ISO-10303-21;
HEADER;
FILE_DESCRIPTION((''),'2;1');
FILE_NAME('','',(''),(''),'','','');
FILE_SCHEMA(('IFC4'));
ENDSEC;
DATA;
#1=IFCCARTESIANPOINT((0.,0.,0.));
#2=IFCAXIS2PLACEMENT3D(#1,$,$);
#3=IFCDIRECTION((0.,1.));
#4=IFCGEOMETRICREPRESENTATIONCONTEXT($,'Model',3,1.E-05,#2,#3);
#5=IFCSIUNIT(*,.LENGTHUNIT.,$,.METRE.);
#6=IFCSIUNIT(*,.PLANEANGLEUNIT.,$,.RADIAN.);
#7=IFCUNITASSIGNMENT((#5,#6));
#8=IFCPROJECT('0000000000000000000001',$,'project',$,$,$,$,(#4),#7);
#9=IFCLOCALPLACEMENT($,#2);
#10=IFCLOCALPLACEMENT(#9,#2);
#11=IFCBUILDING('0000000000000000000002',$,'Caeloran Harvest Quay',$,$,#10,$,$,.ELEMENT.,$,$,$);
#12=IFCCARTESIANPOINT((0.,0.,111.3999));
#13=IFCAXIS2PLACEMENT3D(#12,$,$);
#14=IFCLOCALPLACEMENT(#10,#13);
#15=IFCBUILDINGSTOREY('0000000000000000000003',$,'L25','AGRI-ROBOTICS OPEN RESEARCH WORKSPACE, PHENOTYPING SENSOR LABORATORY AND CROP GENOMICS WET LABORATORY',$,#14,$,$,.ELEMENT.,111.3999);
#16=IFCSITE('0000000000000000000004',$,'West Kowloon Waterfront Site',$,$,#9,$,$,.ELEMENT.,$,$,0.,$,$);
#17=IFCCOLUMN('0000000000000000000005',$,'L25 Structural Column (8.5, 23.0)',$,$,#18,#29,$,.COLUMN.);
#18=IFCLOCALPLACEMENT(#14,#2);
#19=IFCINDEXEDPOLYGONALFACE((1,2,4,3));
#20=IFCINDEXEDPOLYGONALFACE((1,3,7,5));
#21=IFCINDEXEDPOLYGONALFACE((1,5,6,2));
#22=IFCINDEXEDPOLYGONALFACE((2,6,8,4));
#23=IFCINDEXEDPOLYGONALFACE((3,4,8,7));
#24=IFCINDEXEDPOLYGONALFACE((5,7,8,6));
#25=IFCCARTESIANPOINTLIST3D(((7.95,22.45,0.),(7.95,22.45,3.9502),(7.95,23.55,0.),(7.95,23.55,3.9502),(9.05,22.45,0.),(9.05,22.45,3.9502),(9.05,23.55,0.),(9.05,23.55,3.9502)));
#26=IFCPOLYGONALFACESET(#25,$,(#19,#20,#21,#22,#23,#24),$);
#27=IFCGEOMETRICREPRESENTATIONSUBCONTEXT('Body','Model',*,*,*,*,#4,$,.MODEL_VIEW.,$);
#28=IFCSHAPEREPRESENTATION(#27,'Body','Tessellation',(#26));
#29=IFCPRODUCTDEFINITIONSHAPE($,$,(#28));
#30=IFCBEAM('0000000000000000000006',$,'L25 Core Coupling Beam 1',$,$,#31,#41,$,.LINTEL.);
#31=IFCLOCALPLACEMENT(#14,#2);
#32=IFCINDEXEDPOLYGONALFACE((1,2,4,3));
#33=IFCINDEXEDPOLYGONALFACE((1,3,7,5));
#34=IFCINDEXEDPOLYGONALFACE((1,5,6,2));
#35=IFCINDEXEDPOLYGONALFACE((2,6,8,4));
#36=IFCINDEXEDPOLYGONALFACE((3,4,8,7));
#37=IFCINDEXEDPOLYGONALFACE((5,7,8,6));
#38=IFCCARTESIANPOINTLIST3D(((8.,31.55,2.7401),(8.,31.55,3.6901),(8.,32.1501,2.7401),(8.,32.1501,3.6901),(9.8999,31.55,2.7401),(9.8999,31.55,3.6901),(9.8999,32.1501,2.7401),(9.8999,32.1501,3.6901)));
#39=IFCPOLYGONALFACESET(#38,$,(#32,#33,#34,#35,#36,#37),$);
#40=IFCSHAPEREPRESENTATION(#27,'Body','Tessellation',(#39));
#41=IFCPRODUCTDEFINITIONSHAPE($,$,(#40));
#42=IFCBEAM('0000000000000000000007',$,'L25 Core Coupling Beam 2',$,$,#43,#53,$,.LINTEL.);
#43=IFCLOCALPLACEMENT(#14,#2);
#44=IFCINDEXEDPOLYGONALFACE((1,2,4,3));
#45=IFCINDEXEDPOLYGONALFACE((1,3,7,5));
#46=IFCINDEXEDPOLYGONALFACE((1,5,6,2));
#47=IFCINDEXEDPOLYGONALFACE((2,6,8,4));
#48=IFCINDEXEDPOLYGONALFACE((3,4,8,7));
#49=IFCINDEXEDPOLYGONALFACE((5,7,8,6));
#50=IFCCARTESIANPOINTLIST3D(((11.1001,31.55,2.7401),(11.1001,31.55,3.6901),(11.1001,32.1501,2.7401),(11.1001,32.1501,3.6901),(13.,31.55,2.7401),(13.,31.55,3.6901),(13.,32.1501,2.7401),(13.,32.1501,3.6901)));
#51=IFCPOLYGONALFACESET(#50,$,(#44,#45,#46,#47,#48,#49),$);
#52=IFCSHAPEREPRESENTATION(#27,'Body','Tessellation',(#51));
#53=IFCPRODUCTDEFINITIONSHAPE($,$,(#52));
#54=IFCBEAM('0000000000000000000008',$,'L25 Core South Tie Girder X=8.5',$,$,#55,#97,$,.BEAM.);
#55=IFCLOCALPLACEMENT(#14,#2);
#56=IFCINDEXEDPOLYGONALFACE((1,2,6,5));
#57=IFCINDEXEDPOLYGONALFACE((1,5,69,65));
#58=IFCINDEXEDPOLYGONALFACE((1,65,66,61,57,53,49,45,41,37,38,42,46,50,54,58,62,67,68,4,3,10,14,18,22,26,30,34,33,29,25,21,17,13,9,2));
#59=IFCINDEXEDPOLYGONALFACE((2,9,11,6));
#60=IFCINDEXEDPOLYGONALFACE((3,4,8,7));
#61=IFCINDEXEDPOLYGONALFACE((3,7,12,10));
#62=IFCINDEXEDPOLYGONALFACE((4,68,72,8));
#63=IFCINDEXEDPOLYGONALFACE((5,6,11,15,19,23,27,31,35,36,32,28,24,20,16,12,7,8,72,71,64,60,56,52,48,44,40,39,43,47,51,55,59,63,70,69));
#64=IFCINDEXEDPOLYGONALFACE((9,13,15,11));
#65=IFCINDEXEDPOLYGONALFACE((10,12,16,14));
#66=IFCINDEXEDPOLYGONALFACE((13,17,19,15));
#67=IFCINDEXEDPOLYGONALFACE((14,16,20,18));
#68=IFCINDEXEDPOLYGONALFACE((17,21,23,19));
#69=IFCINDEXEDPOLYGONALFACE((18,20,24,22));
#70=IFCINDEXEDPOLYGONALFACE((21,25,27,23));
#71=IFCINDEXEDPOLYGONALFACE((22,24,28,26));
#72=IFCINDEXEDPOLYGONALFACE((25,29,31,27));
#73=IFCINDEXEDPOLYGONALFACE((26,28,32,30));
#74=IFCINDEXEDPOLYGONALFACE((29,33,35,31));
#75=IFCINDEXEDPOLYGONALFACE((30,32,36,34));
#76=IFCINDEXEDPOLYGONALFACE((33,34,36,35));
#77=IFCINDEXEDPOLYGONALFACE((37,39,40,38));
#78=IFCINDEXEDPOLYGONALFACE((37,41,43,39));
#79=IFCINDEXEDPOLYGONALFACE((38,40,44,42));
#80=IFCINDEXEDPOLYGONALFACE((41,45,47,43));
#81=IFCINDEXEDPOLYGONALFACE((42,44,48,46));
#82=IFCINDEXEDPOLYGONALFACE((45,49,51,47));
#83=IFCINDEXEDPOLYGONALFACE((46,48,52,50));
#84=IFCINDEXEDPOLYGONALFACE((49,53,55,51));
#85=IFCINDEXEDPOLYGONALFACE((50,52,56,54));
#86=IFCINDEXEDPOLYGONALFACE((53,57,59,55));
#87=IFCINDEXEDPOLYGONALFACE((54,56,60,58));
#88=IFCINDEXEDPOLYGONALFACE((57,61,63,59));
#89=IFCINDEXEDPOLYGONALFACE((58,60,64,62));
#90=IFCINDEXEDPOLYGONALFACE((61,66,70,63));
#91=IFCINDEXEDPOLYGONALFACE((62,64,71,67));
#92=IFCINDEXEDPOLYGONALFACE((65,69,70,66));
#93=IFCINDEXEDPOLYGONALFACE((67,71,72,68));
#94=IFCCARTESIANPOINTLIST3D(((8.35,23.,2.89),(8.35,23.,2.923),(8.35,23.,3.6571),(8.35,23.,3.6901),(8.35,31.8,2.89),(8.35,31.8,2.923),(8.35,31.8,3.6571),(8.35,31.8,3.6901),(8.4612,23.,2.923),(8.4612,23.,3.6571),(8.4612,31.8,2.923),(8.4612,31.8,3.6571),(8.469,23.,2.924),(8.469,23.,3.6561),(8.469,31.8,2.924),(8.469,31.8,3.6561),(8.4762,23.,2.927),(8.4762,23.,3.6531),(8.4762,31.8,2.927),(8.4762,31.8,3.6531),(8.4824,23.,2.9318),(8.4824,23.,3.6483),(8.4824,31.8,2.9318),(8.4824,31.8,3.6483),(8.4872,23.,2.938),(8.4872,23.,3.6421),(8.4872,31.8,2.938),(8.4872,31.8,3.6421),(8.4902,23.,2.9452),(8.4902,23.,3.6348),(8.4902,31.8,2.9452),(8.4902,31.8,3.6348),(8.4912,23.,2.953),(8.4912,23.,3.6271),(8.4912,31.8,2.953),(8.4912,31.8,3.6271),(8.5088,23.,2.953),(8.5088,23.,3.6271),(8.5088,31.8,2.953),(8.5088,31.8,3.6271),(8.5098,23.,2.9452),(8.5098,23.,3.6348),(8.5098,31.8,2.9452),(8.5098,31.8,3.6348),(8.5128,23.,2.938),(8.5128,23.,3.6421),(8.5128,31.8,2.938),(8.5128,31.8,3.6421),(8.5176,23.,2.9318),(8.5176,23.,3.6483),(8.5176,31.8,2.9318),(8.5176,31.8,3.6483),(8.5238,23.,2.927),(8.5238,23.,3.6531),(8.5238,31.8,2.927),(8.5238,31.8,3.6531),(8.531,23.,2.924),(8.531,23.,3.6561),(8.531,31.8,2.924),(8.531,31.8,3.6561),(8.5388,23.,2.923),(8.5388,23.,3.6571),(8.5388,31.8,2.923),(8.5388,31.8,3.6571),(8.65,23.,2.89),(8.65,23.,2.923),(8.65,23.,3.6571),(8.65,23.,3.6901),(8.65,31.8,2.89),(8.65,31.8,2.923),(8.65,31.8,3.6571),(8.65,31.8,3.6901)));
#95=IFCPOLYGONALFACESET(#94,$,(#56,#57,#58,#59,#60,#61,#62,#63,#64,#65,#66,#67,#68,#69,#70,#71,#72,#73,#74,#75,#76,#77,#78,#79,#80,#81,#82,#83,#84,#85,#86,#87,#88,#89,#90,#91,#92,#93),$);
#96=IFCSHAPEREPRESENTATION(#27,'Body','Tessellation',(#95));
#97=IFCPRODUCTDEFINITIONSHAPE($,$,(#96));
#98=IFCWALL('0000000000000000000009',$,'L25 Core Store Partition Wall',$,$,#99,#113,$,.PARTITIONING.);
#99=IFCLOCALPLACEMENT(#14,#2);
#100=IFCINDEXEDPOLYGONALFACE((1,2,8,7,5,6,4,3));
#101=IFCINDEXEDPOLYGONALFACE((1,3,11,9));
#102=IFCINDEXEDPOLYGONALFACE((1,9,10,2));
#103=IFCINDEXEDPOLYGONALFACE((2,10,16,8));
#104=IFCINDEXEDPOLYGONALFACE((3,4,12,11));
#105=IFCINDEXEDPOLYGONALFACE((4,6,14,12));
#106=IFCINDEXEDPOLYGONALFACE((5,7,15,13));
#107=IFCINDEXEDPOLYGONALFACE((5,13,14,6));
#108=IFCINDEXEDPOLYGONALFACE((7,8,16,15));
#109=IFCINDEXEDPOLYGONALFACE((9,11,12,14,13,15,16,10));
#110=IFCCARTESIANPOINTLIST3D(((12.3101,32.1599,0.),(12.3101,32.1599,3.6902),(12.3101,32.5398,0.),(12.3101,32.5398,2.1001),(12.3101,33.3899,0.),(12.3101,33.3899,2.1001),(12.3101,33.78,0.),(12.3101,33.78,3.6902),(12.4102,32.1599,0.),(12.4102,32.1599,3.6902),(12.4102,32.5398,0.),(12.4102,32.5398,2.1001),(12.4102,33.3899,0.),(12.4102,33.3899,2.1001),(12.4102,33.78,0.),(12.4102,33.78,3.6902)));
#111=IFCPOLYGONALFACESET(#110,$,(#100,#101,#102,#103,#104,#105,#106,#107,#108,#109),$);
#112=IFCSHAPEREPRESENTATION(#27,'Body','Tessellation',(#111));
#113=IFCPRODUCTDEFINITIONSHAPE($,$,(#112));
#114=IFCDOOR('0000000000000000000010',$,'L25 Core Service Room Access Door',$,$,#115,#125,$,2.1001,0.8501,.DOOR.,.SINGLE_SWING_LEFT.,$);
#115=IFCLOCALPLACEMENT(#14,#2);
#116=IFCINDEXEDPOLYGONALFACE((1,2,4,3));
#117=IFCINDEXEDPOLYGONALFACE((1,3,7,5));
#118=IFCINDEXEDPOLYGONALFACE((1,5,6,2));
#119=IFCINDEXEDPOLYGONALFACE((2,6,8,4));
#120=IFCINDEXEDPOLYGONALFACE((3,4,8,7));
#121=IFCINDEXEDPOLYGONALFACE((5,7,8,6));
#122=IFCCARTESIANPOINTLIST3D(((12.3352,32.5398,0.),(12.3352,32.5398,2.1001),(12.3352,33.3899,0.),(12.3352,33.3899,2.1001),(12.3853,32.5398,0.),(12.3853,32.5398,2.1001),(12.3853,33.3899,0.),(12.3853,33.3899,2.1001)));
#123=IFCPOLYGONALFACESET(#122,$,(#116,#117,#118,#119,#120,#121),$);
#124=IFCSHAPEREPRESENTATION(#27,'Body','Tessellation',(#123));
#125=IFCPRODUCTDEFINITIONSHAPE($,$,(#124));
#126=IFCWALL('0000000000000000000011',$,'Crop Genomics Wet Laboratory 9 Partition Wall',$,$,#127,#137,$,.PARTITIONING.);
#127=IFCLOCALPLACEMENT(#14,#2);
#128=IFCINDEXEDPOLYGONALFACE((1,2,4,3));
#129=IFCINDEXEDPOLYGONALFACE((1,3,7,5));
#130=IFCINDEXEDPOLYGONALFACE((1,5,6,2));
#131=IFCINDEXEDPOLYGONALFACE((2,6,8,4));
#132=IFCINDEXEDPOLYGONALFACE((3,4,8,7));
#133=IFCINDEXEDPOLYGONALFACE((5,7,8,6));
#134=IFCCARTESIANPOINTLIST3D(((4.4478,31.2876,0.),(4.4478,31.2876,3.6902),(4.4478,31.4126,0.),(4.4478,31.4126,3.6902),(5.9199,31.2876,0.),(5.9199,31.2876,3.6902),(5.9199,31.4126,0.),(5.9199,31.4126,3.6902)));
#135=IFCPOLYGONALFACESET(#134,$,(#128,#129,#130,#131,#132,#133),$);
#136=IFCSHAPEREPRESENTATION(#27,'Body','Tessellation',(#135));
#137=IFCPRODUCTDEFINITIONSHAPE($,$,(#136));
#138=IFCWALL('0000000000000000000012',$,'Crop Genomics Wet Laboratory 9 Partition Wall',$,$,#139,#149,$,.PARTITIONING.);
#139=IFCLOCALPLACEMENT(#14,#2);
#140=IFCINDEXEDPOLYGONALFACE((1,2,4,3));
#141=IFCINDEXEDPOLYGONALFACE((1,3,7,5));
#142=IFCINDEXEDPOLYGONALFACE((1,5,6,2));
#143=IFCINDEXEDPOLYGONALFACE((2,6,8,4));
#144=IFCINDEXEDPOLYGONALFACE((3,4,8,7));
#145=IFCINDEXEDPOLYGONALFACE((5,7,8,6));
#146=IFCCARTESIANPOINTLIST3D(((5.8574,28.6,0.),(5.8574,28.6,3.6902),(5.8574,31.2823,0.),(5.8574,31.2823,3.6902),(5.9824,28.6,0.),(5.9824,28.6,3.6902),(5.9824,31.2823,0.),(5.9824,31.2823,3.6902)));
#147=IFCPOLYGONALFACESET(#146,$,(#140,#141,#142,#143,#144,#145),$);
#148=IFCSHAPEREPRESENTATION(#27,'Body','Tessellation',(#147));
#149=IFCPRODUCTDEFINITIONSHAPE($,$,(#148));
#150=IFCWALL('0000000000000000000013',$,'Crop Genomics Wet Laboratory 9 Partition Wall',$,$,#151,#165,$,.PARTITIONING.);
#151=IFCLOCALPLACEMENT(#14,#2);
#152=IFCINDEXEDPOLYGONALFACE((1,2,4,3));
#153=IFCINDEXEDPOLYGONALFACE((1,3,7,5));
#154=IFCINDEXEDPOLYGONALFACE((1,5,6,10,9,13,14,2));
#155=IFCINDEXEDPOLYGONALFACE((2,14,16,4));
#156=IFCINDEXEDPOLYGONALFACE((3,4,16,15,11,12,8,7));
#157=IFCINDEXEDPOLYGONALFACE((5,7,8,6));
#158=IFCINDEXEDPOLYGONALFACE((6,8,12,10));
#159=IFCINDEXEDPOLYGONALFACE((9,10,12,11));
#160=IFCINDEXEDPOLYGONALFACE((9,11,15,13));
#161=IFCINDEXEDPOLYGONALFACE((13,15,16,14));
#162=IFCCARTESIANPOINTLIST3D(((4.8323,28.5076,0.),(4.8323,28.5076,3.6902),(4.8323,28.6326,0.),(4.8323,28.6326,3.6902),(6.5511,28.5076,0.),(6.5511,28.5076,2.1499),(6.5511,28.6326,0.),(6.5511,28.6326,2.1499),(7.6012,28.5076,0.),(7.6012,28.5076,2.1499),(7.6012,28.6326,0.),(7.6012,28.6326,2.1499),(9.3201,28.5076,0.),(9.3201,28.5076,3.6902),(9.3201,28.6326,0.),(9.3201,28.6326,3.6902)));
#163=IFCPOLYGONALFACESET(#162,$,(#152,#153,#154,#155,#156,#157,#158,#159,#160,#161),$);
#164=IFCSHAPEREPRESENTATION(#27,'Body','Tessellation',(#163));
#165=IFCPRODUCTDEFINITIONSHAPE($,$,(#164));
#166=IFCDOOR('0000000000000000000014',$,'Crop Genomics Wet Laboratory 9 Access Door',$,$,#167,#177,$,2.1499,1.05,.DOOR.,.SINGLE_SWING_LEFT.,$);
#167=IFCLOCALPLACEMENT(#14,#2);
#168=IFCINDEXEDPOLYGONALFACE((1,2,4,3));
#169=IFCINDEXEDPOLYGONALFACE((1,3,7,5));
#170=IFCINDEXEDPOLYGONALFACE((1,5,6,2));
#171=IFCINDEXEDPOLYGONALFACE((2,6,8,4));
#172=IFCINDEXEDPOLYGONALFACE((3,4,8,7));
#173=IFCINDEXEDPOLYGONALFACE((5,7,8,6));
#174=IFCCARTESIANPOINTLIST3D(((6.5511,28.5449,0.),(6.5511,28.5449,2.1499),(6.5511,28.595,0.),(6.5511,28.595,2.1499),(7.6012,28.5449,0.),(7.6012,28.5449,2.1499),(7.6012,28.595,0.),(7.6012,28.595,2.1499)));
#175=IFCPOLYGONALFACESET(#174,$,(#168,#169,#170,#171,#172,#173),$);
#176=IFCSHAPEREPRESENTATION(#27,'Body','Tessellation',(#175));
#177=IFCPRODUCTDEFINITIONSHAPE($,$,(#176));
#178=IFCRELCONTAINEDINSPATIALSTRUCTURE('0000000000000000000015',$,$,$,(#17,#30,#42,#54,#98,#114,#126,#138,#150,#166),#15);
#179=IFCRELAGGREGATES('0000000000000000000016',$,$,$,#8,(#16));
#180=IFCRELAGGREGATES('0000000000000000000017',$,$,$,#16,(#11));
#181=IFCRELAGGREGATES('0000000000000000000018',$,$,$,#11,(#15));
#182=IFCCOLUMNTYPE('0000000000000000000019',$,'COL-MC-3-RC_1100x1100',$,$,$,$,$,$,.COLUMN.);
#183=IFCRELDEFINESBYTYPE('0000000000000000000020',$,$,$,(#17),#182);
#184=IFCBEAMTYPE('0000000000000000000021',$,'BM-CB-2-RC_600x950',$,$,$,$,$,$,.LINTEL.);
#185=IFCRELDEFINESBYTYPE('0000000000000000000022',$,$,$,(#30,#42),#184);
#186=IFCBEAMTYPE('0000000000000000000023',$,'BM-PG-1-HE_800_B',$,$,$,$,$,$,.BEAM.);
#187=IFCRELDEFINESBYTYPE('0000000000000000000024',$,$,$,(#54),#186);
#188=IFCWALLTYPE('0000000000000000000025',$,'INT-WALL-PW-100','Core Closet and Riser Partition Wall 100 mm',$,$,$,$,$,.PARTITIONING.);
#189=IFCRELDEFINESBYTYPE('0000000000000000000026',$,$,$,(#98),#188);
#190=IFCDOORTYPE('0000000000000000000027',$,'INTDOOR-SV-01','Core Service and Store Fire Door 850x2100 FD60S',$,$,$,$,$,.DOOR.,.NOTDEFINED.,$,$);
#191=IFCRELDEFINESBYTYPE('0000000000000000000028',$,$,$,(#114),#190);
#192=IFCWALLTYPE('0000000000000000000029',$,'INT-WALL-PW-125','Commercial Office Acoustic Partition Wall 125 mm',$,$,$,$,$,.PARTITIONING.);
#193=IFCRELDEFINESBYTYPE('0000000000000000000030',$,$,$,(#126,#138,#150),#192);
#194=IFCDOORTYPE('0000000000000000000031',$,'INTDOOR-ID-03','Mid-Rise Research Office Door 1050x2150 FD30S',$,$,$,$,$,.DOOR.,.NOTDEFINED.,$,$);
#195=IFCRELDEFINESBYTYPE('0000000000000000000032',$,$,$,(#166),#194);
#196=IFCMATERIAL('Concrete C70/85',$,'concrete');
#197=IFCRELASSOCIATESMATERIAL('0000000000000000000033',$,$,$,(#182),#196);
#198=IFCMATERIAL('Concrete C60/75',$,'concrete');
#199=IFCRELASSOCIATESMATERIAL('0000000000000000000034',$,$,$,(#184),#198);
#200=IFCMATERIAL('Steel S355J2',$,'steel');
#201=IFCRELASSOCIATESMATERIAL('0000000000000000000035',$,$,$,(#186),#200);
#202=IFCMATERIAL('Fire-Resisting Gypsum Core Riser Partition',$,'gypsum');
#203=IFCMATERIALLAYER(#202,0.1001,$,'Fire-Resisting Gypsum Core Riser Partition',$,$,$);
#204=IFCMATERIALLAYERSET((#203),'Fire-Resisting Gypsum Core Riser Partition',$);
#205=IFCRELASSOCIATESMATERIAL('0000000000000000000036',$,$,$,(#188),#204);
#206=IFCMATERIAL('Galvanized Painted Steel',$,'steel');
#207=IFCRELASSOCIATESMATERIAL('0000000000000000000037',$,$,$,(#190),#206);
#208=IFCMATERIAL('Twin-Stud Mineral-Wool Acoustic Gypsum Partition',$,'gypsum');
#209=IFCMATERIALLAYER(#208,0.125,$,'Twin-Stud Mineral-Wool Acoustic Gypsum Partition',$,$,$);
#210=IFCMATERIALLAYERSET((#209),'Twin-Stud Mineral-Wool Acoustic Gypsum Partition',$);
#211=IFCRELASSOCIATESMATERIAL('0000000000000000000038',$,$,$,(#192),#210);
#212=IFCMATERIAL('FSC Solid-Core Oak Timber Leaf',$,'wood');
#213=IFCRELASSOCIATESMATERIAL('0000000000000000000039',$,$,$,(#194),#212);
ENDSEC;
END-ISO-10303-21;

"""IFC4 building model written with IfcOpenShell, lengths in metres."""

from ifc_helpers import new_model, si_unit, direction, frame, frame_2d, origin, origin_2d, place, context, subcontext, project, spatial, rectangle, i_section, extrude, material, layer, layer_set, material_profile, profile_set, type_object, element, fill, save


model = new_model("IFC4")

# Units and contexts
model_context = context("Model", 3, precision=1e-05, world=origin(), true_north=direction((0.0, 1.0)))
body_context = subcontext(model_context, "Body", "Model", "MODEL_VIEW")
ifc_project = project(units=[si_unit("LENGTHUNIT", "METRE"), si_unit("PLANEANGLEUNIT", "RADIAN")], contexts=[model_context])

# Site, building, storey
site_placement = place(None, origin())
site = spatial("IfcSite", under=ifc_project, at=site_placement, Name="West Kowloon Waterfront Site", CompositionType="ELEMENT", RefElevation=0.0)
building_placement = place(site_placement, origin())
building = spatial("IfcBuilding", under=site, at=building_placement, Name="Caeloran Harvest Quay", CompositionType="ELEMENT")
storey_placement = place(building_placement, frame((0.0, 0.0, 111.3999)))
storey = spatial("IfcBuildingStorey", under=building, at=storey_placement, Name="L25", Description="AGRI-ROBOTICS OPEN RESEARCH WORKSPACE, PHENOTYPING SENSOR LABORATORY AND CROP GENOMICS WET LABORATORY", CompositionType="ELEMENT", Elevation=111.3999)

# Column
ifc_material_1 = material(Name="Concrete C70/85", Category="concrete")
ifc_material_profile_1 = material_profile(ifc_material_1, rectangle(XDim=1.1001, YDim=1.1001, at=origin_2d()), Name="RC 1100x1100")
ifc_profile_set_1 = profile_set([ifc_material_profile_1], Name="Concrete C70/85")
column_type = type_object("IfcColumnType", Name="COL-MC-3-RC_1100x1100", PredefinedType="COLUMN", material=ifc_profile_set_1)
column_placement = place(storey_placement, frame((8.5, 23.0, 0.0), z_axis=(0.0, 0.0, 1.0), x_axis=(1.0, 0.0, 0.0)))
element("IfcColumn", 1, at=column_placement, inside=storey, type_object=column_type, Name="L25 Structural Column (8.5, 23.0)", PredefinedType="COLUMN", context=body_context, shape_type="SweptSolid", body=[
    extrude(rectangle(XDim=1.1001, YDim=1.1001, at=origin_2d()), origin(), (0.0, 0.0, 1.0), 3.9502),
])

# Beams
ifc_material_2 = material(Name="Concrete C60/75", Category="concrete")
ifc_material_profile_2 = material_profile(ifc_material_2, rectangle(XDim=0.6001, YDim=0.95, at=origin_2d()), Name="RC 600x950")
ifc_profile_set_2 = profile_set([ifc_material_profile_2], Name="Concrete C60/75")
beam_type_1 = type_object("IfcBeamType", Name="BM-CB-2-RC_600x950", PredefinedType="LINTEL", material=ifc_profile_set_2)
for number, where, z_axis, x_axis, name in (
    (2, (8.0, 31.8501, 3.2151), (1.0, 0.0, 0.0), (0.0, 1.0, 0.0), "L25 Core Coupling Beam 1"),
    (3, (11.1001, 31.8501, 3.2151), (1.0, 0.0, 0.0), (0.0, 1.0, 0.0), "L25 Core Coupling Beam 2"),
):
    element("IfcBeam", number, at=place(storey_placement, frame(where, z_axis=z_axis, x_axis=x_axis)), inside=storey, type_object=beam_type_1, Name=name, PredefinedType="LINTEL", context=body_context, shape_type="SweptSolid", body=[
        extrude(rectangle(XDim=0.6001, YDim=0.95, at=origin_2d()), origin(), (0.0, 0.0, 1.0), 1.8999),
    ])
ifc_material_3 = material(Name="Steel S355J2", Category="steel")
ifc_material_profile_3 = material_profile(ifc_material_3, i_section(OverallWidth=0.3, OverallDepth=0.8, WebThickness=0.0176, FlangeThickness=0.033, FilletRadius=0.03, at=origin_2d()), Name="HE 800 B")
ifc_profile_set_3 = profile_set([ifc_material_profile_3], Name="Steel S355J2")
beam_type_2 = type_object("IfcBeamType", Name="BM-PG-1-HE_800_B", PredefinedType="BEAM", material=ifc_profile_set_3)
beam_placement = place(storey_placement, frame((8.5, 23.0, 3.29), z_axis=(0.0, 1.0, 0.0), x_axis=(-1.0, 0.0, 0.0)))
element("IfcBeam", 4, at=beam_placement, inside=storey, type_object=beam_type_2, Name="L25 Core South Tie Girder X=8.5", PredefinedType="BEAM", context=body_context, shape_type="SweptSolid", body=[
    extrude(i_section(OverallWidth=0.3, OverallDepth=0.8, WebThickness=0.0176, FlangeThickness=0.033, FilletRadius=0.03, at=origin_2d()), origin(), (0.0, 0.0, 1.0), 8.8),
])

# Wall, opening, door
ifc_material_4 = material(Name="Fire-Resisting Gypsum Core Riser Partition", Category="gypsum")
ifc_layer_1 = layer(ifc_material_4, 0.1001, Name="Fire-Resisting Gypsum Core Riser Partition")
ifc_layer_set_1 = layer_set([ifc_layer_1], Name="Fire-Resisting Gypsum Core Riser Partition")
wall_type_1 = type_object("IfcWallType", Name="INT-WALL-PW-100", Description="Core Closet and Riser Partition Wall 100 mm", PredefinedType="PARTITIONING", material=ifc_layer_set_1)
wall_1_placement = place(storey_placement, frame((12.3601, 32.1599, 0.0), z_axis=(0.0, 0.0, 1.0), x_axis=(0.0, 1.0, 0.0)))
wall_1 = element("IfcWall", 5, at=wall_1_placement, inside=storey, type_object=wall_type_1, Name="L25 Core Store Partition Wall", PredefinedType="PARTITIONING", context=body_context, shape_type="SweptSolid", body=[
    extrude(rectangle(XDim=1.6201, YDim=0.1001, at=frame_2d((0.8101, 0.0))), origin(), (0.0, 0.0, 1.0), 3.6902),
])
opening_1_placement = place(wall_1_placement, frame((0.3799, 0.0, 0.0)))
opening_1 = element("IfcOpeningElement", 6, at=opening_1_placement, cuts=wall_1, PredefinedType="OPENING", context=body_context, shape_type="SweptSolid", body=[
    extrude(rectangle(XDim=0.8501, YDim=2.1001, at=frame_2d((0.425, 1.05))), frame((0.0, 0.0601, 0.0), z_axis=(0.0, -1.0, 0.0), x_axis=(1.0, 0.0, 0.0)), (0.0, 0.0, 1.0), 0.1201),
])
ifc_material_5 = material(Name="Galvanized Painted Steel", Category="steel")
door_type_1 = type_object("IfcDoorType", Name="INTDOOR-SV-01", Description="Core Service and Store Fire Door 850x2100 FD60S", OperationType="NOTDEFINED", PredefinedType="DOOR", material=ifc_material_5)
door_1_placement = place(opening_1_placement, origin())
door_1 = element("IfcDoor", 7, at=door_1_placement, inside=storey, type_object=door_type_1, Name="L25 Core Service Room Access Door", OperationType="SINGLE_SWING_LEFT", OverallHeight=2.1001, OverallWidth=0.8501, PredefinedType="DOOR", context=body_context, shape_type="SweptSolid", body=[
    extrude(rectangle(XDim=0.8501, YDim=2.1001, at=frame_2d((0.425, 1.05))), frame((0.0, 0.0249, 0.0), z_axis=(0.0, -1.0, 0.0), x_axis=(1.0, 0.0, 0.0)), (0.0, 0.0, 1.0), 0.05),
])
fill(opening_1, door_1)

# Walls
ifc_material_6 = material(Name="Twin-Stud Mineral-Wool Acoustic Gypsum Partition", Category="gypsum")
ifc_layer_2 = layer(ifc_material_6, 0.125, Name="Twin-Stud Mineral-Wool Acoustic Gypsum Partition")
ifc_layer_set_2 = layer_set([ifc_layer_2], Name="Twin-Stud Mineral-Wool Acoustic Gypsum Partition")
wall_type_2 = type_object("IfcWallType", Name="INT-WALL-PW-125", Description="Commercial Office Acoustic Partition Wall 125 mm", PredefinedType="PARTITIONING", material=ifc_layer_set_2)
wall_2_placement = place(storey_placement, frame((4.4478, 31.3501, 0.0), z_axis=(0.0, 0.0, 1.0), x_axis=(1.0, 0.0, 0.0)))
element("IfcWall", 8, at=wall_2_placement, inside=storey, type_object=wall_type_2, Name="Crop Genomics Wet Laboratory 9 Partition Wall", PredefinedType="PARTITIONING", context=body_context, shape_type="SweptSolid", body=[
    extrude(rectangle(XDim=1.4722, YDim=0.125, at=frame_2d((0.7361, 0.0))), origin(), (0.0, 0.0, 1.0), 3.6902),
])
wall_3_placement = place(storey_placement, frame((5.9199, 31.2825, 0.0), z_axis=(0.0, 0.0, 1.0), x_axis=(0.0, -1.0, 0.0)))
element("IfcWall", 9, at=wall_3_placement, inside=storey, type_object=wall_type_2, Name="Crop Genomics Wet Laboratory 9 Partition Wall", PredefinedType="PARTITIONING", context=body_context, shape_type="SweptSolid", body=[
    extrude(rectangle(XDim=2.6824, YDim=0.125, at=frame_2d((1.3413, 0.0))), origin(), (0.0, 0.0, 1.0), 3.6902),
])

# Wall, opening, door
wall_4_placement = place(storey_placement, frame((4.8323, 28.5701, 0.0), z_axis=(0.0, 0.0, 1.0), x_axis=(1.0, 0.0, 0.0)))
wall_4 = element("IfcWall", 10, at=wall_4_placement, inside=storey, type_object=wall_type_2, Name="Crop Genomics Wet Laboratory 9 Partition Wall", PredefinedType="PARTITIONING", context=body_context, shape_type="SweptSolid", body=[
    extrude(rectangle(XDim=4.4878, YDim=0.125, at=frame_2d((2.2439, 0.0))), origin(), (0.0, 0.0, 1.0), 3.6902),
])
opening_2_placement = place(wall_4_placement, frame((1.719, 0.0, 0.0)))
opening_2 = element("IfcOpeningElement", 11, at=opening_2_placement, cuts=wall_4, PredefinedType="OPENING", context=body_context, shape_type="SweptSolid", body=[
    extrude(rectangle(XDim=1.05, YDim=2.1499, at=frame_2d((0.5249, 1.075))), frame((0.0, 0.0725, 0.0), z_axis=(0.0, -1.0, 0.0), x_axis=(1.0, 0.0, 0.0)), (0.0, 0.0, 1.0), 0.145),
])
ifc_material_7 = material(Name="FSC Solid-Core Oak Timber Leaf", Category="wood")
door_type_2 = type_object("IfcDoorType", Name="INTDOOR-ID-03", Description="Mid-Rise Research Office Door 1050x2150 FD30S", OperationType="NOTDEFINED", PredefinedType="DOOR", material=ifc_material_7)
door_2_placement = place(opening_2_placement, origin())
door_2 = element("IfcDoor", 12, at=door_2_placement, inside=storey, type_object=door_type_2, Name="Crop Genomics Wet Laboratory 9 Access Door", OperationType="SINGLE_SWING_LEFT", OverallHeight=2.1499, OverallWidth=1.05, PredefinedType="DOOR", context=body_context, shape_type="SweptSolid", body=[
    extrude(rectangle(XDim=1.05, YDim=2.1499, at=frame_2d((0.5249, 1.075))), frame((0.0, 0.0249, 0.0), z_axis=(0.0, -1.0, 0.0), x_axis=(1.0, 0.0, 0.0)), (0.0, 0.0, 1.0), 0.05),
])
fill(opening_2, door_2)

save(model, "model.ifc")
